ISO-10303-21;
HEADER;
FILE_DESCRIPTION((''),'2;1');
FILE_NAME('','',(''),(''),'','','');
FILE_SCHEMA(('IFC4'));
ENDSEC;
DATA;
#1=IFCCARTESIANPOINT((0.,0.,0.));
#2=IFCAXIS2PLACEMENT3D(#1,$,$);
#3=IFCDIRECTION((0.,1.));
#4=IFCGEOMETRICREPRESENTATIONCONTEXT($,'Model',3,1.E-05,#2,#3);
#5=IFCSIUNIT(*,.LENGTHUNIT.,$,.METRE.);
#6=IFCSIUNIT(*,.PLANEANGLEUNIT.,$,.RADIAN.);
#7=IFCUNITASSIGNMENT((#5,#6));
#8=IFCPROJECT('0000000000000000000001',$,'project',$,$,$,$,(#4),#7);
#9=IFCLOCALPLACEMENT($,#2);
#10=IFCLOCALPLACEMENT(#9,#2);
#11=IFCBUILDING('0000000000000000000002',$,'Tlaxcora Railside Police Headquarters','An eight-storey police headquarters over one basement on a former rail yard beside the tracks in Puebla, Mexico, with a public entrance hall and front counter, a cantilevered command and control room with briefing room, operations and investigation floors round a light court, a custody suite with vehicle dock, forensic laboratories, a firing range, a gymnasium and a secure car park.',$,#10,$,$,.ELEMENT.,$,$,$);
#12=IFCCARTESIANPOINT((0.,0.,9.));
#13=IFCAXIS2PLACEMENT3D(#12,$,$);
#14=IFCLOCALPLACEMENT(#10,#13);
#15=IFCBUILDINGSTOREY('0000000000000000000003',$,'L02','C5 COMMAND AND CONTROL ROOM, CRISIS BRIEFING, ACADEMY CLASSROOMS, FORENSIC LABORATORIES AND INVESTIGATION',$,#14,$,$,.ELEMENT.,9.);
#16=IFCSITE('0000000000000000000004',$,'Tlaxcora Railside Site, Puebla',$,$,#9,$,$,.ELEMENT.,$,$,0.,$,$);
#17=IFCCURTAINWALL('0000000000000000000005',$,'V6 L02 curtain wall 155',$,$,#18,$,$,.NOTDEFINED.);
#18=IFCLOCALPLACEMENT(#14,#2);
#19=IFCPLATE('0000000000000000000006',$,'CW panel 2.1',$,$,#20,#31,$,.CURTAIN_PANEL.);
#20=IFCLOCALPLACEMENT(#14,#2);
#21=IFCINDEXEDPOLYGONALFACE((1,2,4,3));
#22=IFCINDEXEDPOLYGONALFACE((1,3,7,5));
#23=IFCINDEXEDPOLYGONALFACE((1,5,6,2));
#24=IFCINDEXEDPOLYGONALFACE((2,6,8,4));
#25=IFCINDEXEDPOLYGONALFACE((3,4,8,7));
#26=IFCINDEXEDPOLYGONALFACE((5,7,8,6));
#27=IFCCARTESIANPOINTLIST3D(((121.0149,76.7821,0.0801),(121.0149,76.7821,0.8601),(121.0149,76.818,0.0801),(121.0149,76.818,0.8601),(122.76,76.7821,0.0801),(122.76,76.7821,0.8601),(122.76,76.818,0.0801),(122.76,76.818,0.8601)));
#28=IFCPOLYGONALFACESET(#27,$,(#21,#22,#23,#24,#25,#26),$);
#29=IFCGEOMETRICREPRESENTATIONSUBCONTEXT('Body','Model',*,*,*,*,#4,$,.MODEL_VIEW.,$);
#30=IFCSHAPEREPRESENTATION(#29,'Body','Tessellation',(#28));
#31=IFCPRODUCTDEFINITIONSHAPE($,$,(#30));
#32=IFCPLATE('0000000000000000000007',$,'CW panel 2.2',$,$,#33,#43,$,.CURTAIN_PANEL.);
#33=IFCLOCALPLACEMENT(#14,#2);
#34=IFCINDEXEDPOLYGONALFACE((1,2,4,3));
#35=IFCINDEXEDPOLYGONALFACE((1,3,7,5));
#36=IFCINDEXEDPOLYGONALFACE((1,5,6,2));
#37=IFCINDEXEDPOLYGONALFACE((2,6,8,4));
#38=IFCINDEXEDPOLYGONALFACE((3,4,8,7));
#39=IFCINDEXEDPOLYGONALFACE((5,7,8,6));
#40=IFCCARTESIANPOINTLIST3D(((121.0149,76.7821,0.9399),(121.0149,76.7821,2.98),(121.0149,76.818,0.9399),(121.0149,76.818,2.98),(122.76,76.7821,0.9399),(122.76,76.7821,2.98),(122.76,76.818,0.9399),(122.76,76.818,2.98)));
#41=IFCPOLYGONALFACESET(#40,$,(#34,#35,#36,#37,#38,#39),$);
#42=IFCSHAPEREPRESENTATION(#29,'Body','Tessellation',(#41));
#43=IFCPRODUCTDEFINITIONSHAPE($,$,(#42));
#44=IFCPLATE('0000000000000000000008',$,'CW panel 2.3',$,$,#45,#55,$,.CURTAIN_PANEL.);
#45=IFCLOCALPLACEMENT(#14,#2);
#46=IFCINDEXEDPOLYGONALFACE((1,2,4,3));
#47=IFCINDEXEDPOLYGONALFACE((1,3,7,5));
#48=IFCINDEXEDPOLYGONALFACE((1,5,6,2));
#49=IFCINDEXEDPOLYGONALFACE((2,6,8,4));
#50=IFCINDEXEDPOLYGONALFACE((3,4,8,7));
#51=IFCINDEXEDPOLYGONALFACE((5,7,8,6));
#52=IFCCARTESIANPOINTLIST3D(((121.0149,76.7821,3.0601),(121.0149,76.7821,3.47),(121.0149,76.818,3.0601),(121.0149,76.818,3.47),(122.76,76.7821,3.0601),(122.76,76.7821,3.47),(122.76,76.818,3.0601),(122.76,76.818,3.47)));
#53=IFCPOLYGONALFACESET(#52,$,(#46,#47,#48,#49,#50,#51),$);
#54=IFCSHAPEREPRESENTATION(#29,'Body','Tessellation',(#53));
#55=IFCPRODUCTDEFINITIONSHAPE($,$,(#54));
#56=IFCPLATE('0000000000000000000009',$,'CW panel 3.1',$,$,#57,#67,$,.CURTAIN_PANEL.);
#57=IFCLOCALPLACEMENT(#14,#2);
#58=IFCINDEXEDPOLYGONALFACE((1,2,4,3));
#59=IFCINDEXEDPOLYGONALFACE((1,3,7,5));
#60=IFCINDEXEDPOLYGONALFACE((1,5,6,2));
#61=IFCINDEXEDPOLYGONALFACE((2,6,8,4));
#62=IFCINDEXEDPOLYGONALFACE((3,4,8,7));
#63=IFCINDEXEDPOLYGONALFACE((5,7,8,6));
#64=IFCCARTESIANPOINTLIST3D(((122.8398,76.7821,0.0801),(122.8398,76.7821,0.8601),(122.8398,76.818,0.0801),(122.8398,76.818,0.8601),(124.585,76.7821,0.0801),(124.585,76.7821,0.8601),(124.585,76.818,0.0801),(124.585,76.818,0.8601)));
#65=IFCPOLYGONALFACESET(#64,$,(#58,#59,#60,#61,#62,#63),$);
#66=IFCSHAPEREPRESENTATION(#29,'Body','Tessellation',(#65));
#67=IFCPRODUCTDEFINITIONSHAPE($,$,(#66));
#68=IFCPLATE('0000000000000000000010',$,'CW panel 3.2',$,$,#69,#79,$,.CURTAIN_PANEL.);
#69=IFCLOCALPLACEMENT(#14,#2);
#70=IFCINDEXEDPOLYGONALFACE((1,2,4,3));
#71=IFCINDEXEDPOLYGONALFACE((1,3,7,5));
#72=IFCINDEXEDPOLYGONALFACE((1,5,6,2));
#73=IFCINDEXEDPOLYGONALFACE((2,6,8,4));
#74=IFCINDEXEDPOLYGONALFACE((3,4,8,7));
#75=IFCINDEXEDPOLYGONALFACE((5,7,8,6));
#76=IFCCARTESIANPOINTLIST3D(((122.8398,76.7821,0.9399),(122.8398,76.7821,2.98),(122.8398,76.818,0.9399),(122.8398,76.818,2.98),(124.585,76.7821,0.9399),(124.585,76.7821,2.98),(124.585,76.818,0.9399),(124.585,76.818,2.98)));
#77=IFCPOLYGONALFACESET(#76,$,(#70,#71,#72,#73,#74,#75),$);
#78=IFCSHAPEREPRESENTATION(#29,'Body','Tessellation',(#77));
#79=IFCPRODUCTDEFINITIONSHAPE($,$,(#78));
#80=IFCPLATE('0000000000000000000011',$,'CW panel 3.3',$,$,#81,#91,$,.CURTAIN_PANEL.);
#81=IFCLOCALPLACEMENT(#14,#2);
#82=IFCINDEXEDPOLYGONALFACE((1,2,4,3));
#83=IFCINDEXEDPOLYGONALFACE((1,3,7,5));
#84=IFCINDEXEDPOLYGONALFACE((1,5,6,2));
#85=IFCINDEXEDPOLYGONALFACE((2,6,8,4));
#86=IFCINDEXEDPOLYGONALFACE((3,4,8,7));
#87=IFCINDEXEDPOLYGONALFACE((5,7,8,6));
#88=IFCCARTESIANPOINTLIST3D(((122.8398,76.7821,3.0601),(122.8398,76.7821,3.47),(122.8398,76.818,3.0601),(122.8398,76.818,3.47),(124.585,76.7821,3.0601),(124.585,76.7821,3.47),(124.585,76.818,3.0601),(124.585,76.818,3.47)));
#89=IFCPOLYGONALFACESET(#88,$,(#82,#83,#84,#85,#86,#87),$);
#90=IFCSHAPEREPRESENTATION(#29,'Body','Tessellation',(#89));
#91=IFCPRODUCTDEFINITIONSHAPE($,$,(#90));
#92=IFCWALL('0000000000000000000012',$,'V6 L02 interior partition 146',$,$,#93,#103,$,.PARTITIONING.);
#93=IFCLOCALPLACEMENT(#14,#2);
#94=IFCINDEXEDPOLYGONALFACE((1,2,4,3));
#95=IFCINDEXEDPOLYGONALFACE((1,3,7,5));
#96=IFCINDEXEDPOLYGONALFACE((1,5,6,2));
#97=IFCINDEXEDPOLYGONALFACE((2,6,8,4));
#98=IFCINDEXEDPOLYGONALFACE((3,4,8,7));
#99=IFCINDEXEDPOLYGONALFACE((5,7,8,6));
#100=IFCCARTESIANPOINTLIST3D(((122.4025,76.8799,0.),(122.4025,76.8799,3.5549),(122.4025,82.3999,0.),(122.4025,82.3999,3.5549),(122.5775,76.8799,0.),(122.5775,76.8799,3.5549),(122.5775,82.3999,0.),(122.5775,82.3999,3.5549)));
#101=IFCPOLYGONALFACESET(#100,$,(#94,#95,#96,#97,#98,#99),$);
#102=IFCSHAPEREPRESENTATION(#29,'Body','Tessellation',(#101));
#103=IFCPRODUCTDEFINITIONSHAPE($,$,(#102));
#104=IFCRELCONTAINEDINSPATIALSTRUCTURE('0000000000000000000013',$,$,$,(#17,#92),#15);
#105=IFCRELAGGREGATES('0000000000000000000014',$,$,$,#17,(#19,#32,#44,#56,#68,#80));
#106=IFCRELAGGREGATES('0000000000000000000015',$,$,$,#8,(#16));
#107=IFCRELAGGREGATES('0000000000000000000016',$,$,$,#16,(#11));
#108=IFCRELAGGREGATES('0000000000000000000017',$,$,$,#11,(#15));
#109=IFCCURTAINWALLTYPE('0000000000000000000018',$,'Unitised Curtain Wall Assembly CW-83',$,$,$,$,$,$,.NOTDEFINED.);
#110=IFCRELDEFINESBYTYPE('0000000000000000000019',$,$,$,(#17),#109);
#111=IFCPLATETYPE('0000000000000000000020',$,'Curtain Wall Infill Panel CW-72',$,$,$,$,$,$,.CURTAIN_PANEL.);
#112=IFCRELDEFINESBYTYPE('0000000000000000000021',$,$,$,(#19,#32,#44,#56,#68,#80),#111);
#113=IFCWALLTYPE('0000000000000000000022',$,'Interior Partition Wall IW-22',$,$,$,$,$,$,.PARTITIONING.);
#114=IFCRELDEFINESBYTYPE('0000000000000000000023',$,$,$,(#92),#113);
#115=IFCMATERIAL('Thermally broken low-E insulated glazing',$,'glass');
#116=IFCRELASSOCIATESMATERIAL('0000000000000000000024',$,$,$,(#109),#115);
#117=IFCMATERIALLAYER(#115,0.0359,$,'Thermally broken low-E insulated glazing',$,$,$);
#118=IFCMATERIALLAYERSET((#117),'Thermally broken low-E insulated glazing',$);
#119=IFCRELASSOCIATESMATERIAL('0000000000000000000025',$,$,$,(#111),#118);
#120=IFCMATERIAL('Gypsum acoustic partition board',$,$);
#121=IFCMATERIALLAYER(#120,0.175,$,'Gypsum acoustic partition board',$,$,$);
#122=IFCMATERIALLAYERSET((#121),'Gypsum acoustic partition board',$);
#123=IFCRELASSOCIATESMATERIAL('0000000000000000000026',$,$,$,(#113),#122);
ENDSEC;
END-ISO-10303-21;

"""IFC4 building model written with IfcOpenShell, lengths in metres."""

from ifc_helpers import new_model, si_unit, direction, frame, frame_2d, origin, origin_2d, place, context, subcontext, project, spatial, rectangle, extrude, material, layer, layer_set, type_object, element, aggregate, save


model = new_model("IFC4")

# Units and contexts
model_context = context("Model", 3, precision=1e-05, world=origin(), true_north=direction((0.0, 1.0)))
body_context = subcontext(model_context, "Body", "Model", "MODEL_VIEW")
ifc_project = project(units=[si_unit("LENGTHUNIT", "METRE"), si_unit("PLANEANGLEUNIT", "RADIAN")], contexts=[model_context])

# Site, building, storey
site_placement = place(None, origin())
site = spatial("IfcSite", under=ifc_project, at=site_placement, Name="Tlaxcora Railside Site, Puebla", CompositionType="ELEMENT", RefElevation=0.0)
building_placement = place(site_placement, origin())
building = spatial("IfcBuilding", under=site, at=building_placement, Name="Tlaxcora Railside Police Headquarters", Description="An eight-storey police headquarters over one basement on a former rail yard beside the tracks in Puebla, Mexico, with a public entrance hall and front counter, a cantilevered command and control room with briefing room, operations and investigation floors round a light court, a custody suite with vehicle dock, forensic laboratories, a firing range, a gymnasium and a secure car park.", CompositionType="ELEMENT")
storey_placement = place(building_placement, frame((0.0, 0.0, 9.0)))
storey = spatial("IfcBuildingStorey", under=building, at=storey_placement, Name="L02", Description="C5 COMMAND AND CONTROL ROOM, CRISIS BRIEFING, ACADEMY CLASSROOMS, FORENSIC LABORATORIES AND INVESTIGATION", CompositionType="ELEMENT", Elevation=9.0)

# Curtain wall, plates
ifc_material_1 = material(Name="Thermally broken low-E insulated glazing", Category="glass")
curtain_wall_type = type_object("IfcCurtainWallType", Name="Unitised Curtain Wall Assembly CW-83", PredefinedType="NOTDEFINED", material=ifc_material_1)
curtain_wall_placement = place(storey_placement, origin())
curtain_wall = element("IfcCurtainWall", 1, at=curtain_wall_placement, inside=storey, type_object=curtain_wall_type, Name="V6 L02 curtain wall 155", PredefinedType="NOTDEFINED")
ifc_layer_1 = layer(ifc_material_1, 0.0359, Name="Thermally broken low-E insulated glazing")
ifc_layer_set_1 = layer_set([ifc_layer_1], Name="Thermally broken low-E insulated glazing")
plate_type = type_object("IfcPlateType", Name="Curtain Wall Infill Panel CW-72", PredefinedType="CURTAIN_PANEL", material=ifc_layer_set_1)
plate_1_placement = place(storey_placement, frame((121.8875, 76.8, 0.0801), z_axis=(0.0, 0.0, 1.0), x_axis=(1.0, 0.0, 0.0)))
plate_1 = element("IfcPlate", 2, at=plate_1_placement, type_object=plate_type, Name="CW panel 2.1", PredefinedType="CURTAIN_PANEL", context=body_context, shape_type="SweptSolid", body=[
    extrude(rectangle(XDim=1.7451, YDim=0.0359, at=origin_2d()), origin(), (0.0, 0.0, 1.0), 0.78),
])
plate_2_placement = place(storey_placement, frame((121.8875, 76.8, 0.9399), z_axis=(0.0, 0.0, 1.0), x_axis=(1.0, 0.0, 0.0)))
plate_2 = element("IfcPlate", 3, at=plate_2_placement, type_object=plate_type, Name="CW panel 2.2", PredefinedType="CURTAIN_PANEL", context=body_context, shape_type="SweptSolid", body=[
    extrude(rectangle(XDim=1.7451, YDim=0.0359, at=origin_2d()), origin(), (0.0, 0.0, 1.0), 2.04),
])
plate_3_placement = place(storey_placement, frame((121.8875, 76.8, 3.0601), z_axis=(0.0, 0.0, 1.0), x_axis=(1.0, 0.0, 0.0)))
plate_3 = element("IfcPlate", 4, at=plate_3_placement, type_object=plate_type, Name="CW panel 2.3", PredefinedType="CURTAIN_PANEL", context=body_context, shape_type="SweptSolid", body=[
    extrude(rectangle(XDim=1.7451, YDim=0.0359, at=origin_2d()), origin(), (0.0, 0.0, 1.0), 0.4099),
])
plate_4_placement = place(storey_placement, frame((123.7124, 76.8, 0.0801), z_axis=(0.0, 0.0, 1.0), x_axis=(1.0, 0.0, 0.0)))
plate_4 = element("IfcPlate", 5, at=plate_4_placement, type_object=plate_type, Name="CW panel 3.1", PredefinedType="CURTAIN_PANEL", context=body_context, shape_type="SweptSolid", body=[
    extrude(rectangle(XDim=1.7451, YDim=0.0359, at=origin_2d()), origin(), (0.0, 0.0, 1.0), 0.78),
])
plate_5_placement = place(storey_placement, frame((123.7124, 76.8, 0.9399), z_axis=(0.0, 0.0, 1.0), x_axis=(1.0, 0.0, 0.0)))
plate_5 = element("IfcPlate", 6, at=plate_5_placement, type_object=plate_type, Name="CW panel 3.2", PredefinedType="CURTAIN_PANEL", context=body_context, shape_type="SweptSolid", body=[
    extrude(rectangle(XDim=1.7451, YDim=0.0359, at=origin_2d()), origin(), (0.0, 0.0, 1.0), 2.04),
])
plate_6_placement = place(storey_placement, frame((123.7124, 76.8, 3.0601), z_axis=(0.0, 0.0, 1.0), x_axis=(1.0, 0.0, 0.0)))
plate_6 = element("IfcPlate", 7, at=plate_6_placement, type_object=plate_type, Name="CW panel 3.3", PredefinedType="CURTAIN_PANEL", context=body_context, shape_type="SweptSolid", body=[
    extrude(rectangle(XDim=1.7451, YDim=0.0359, at=origin_2d()), origin(), (0.0, 0.0, 1.0), 0.4099),
])
aggregate(curtain_wall, [plate_1, plate_2, plate_3, plate_4, plate_5, plate_6])

# Wall
ifc_material_2 = material(Name="Gypsum acoustic partition board")
ifc_layer_2 = layer(ifc_material_2, 0.175, Name="Gypsum acoustic partition board")
ifc_layer_set_2 = layer_set([ifc_layer_2], Name="Gypsum acoustic partition board")
wall_type = type_object("IfcWallType", Name="Interior Partition Wall IW-22", PredefinedType="PARTITIONING", material=ifc_layer_set_2)
wall_placement = place(storey_placement, frame((122.49, 76.8799, 0.0), z_axis=(0.0, 0.0, 1.0), x_axis=(0.0, 1.0, 0.0)))
element("IfcWall", 8, at=wall_placement, inside=storey, type_object=wall_type, Name="V6 L02 interior partition 146", PredefinedType="PARTITIONING", context=body_context, shape_type="SweptSolid", body=[
    extrude(rectangle(XDim=5.52, YDim=0.175, at=frame_2d((2.76, 0.0))), origin(), (0.0, 0.0, 1.0), 3.5549),
])

save(model, "model.ifc")
